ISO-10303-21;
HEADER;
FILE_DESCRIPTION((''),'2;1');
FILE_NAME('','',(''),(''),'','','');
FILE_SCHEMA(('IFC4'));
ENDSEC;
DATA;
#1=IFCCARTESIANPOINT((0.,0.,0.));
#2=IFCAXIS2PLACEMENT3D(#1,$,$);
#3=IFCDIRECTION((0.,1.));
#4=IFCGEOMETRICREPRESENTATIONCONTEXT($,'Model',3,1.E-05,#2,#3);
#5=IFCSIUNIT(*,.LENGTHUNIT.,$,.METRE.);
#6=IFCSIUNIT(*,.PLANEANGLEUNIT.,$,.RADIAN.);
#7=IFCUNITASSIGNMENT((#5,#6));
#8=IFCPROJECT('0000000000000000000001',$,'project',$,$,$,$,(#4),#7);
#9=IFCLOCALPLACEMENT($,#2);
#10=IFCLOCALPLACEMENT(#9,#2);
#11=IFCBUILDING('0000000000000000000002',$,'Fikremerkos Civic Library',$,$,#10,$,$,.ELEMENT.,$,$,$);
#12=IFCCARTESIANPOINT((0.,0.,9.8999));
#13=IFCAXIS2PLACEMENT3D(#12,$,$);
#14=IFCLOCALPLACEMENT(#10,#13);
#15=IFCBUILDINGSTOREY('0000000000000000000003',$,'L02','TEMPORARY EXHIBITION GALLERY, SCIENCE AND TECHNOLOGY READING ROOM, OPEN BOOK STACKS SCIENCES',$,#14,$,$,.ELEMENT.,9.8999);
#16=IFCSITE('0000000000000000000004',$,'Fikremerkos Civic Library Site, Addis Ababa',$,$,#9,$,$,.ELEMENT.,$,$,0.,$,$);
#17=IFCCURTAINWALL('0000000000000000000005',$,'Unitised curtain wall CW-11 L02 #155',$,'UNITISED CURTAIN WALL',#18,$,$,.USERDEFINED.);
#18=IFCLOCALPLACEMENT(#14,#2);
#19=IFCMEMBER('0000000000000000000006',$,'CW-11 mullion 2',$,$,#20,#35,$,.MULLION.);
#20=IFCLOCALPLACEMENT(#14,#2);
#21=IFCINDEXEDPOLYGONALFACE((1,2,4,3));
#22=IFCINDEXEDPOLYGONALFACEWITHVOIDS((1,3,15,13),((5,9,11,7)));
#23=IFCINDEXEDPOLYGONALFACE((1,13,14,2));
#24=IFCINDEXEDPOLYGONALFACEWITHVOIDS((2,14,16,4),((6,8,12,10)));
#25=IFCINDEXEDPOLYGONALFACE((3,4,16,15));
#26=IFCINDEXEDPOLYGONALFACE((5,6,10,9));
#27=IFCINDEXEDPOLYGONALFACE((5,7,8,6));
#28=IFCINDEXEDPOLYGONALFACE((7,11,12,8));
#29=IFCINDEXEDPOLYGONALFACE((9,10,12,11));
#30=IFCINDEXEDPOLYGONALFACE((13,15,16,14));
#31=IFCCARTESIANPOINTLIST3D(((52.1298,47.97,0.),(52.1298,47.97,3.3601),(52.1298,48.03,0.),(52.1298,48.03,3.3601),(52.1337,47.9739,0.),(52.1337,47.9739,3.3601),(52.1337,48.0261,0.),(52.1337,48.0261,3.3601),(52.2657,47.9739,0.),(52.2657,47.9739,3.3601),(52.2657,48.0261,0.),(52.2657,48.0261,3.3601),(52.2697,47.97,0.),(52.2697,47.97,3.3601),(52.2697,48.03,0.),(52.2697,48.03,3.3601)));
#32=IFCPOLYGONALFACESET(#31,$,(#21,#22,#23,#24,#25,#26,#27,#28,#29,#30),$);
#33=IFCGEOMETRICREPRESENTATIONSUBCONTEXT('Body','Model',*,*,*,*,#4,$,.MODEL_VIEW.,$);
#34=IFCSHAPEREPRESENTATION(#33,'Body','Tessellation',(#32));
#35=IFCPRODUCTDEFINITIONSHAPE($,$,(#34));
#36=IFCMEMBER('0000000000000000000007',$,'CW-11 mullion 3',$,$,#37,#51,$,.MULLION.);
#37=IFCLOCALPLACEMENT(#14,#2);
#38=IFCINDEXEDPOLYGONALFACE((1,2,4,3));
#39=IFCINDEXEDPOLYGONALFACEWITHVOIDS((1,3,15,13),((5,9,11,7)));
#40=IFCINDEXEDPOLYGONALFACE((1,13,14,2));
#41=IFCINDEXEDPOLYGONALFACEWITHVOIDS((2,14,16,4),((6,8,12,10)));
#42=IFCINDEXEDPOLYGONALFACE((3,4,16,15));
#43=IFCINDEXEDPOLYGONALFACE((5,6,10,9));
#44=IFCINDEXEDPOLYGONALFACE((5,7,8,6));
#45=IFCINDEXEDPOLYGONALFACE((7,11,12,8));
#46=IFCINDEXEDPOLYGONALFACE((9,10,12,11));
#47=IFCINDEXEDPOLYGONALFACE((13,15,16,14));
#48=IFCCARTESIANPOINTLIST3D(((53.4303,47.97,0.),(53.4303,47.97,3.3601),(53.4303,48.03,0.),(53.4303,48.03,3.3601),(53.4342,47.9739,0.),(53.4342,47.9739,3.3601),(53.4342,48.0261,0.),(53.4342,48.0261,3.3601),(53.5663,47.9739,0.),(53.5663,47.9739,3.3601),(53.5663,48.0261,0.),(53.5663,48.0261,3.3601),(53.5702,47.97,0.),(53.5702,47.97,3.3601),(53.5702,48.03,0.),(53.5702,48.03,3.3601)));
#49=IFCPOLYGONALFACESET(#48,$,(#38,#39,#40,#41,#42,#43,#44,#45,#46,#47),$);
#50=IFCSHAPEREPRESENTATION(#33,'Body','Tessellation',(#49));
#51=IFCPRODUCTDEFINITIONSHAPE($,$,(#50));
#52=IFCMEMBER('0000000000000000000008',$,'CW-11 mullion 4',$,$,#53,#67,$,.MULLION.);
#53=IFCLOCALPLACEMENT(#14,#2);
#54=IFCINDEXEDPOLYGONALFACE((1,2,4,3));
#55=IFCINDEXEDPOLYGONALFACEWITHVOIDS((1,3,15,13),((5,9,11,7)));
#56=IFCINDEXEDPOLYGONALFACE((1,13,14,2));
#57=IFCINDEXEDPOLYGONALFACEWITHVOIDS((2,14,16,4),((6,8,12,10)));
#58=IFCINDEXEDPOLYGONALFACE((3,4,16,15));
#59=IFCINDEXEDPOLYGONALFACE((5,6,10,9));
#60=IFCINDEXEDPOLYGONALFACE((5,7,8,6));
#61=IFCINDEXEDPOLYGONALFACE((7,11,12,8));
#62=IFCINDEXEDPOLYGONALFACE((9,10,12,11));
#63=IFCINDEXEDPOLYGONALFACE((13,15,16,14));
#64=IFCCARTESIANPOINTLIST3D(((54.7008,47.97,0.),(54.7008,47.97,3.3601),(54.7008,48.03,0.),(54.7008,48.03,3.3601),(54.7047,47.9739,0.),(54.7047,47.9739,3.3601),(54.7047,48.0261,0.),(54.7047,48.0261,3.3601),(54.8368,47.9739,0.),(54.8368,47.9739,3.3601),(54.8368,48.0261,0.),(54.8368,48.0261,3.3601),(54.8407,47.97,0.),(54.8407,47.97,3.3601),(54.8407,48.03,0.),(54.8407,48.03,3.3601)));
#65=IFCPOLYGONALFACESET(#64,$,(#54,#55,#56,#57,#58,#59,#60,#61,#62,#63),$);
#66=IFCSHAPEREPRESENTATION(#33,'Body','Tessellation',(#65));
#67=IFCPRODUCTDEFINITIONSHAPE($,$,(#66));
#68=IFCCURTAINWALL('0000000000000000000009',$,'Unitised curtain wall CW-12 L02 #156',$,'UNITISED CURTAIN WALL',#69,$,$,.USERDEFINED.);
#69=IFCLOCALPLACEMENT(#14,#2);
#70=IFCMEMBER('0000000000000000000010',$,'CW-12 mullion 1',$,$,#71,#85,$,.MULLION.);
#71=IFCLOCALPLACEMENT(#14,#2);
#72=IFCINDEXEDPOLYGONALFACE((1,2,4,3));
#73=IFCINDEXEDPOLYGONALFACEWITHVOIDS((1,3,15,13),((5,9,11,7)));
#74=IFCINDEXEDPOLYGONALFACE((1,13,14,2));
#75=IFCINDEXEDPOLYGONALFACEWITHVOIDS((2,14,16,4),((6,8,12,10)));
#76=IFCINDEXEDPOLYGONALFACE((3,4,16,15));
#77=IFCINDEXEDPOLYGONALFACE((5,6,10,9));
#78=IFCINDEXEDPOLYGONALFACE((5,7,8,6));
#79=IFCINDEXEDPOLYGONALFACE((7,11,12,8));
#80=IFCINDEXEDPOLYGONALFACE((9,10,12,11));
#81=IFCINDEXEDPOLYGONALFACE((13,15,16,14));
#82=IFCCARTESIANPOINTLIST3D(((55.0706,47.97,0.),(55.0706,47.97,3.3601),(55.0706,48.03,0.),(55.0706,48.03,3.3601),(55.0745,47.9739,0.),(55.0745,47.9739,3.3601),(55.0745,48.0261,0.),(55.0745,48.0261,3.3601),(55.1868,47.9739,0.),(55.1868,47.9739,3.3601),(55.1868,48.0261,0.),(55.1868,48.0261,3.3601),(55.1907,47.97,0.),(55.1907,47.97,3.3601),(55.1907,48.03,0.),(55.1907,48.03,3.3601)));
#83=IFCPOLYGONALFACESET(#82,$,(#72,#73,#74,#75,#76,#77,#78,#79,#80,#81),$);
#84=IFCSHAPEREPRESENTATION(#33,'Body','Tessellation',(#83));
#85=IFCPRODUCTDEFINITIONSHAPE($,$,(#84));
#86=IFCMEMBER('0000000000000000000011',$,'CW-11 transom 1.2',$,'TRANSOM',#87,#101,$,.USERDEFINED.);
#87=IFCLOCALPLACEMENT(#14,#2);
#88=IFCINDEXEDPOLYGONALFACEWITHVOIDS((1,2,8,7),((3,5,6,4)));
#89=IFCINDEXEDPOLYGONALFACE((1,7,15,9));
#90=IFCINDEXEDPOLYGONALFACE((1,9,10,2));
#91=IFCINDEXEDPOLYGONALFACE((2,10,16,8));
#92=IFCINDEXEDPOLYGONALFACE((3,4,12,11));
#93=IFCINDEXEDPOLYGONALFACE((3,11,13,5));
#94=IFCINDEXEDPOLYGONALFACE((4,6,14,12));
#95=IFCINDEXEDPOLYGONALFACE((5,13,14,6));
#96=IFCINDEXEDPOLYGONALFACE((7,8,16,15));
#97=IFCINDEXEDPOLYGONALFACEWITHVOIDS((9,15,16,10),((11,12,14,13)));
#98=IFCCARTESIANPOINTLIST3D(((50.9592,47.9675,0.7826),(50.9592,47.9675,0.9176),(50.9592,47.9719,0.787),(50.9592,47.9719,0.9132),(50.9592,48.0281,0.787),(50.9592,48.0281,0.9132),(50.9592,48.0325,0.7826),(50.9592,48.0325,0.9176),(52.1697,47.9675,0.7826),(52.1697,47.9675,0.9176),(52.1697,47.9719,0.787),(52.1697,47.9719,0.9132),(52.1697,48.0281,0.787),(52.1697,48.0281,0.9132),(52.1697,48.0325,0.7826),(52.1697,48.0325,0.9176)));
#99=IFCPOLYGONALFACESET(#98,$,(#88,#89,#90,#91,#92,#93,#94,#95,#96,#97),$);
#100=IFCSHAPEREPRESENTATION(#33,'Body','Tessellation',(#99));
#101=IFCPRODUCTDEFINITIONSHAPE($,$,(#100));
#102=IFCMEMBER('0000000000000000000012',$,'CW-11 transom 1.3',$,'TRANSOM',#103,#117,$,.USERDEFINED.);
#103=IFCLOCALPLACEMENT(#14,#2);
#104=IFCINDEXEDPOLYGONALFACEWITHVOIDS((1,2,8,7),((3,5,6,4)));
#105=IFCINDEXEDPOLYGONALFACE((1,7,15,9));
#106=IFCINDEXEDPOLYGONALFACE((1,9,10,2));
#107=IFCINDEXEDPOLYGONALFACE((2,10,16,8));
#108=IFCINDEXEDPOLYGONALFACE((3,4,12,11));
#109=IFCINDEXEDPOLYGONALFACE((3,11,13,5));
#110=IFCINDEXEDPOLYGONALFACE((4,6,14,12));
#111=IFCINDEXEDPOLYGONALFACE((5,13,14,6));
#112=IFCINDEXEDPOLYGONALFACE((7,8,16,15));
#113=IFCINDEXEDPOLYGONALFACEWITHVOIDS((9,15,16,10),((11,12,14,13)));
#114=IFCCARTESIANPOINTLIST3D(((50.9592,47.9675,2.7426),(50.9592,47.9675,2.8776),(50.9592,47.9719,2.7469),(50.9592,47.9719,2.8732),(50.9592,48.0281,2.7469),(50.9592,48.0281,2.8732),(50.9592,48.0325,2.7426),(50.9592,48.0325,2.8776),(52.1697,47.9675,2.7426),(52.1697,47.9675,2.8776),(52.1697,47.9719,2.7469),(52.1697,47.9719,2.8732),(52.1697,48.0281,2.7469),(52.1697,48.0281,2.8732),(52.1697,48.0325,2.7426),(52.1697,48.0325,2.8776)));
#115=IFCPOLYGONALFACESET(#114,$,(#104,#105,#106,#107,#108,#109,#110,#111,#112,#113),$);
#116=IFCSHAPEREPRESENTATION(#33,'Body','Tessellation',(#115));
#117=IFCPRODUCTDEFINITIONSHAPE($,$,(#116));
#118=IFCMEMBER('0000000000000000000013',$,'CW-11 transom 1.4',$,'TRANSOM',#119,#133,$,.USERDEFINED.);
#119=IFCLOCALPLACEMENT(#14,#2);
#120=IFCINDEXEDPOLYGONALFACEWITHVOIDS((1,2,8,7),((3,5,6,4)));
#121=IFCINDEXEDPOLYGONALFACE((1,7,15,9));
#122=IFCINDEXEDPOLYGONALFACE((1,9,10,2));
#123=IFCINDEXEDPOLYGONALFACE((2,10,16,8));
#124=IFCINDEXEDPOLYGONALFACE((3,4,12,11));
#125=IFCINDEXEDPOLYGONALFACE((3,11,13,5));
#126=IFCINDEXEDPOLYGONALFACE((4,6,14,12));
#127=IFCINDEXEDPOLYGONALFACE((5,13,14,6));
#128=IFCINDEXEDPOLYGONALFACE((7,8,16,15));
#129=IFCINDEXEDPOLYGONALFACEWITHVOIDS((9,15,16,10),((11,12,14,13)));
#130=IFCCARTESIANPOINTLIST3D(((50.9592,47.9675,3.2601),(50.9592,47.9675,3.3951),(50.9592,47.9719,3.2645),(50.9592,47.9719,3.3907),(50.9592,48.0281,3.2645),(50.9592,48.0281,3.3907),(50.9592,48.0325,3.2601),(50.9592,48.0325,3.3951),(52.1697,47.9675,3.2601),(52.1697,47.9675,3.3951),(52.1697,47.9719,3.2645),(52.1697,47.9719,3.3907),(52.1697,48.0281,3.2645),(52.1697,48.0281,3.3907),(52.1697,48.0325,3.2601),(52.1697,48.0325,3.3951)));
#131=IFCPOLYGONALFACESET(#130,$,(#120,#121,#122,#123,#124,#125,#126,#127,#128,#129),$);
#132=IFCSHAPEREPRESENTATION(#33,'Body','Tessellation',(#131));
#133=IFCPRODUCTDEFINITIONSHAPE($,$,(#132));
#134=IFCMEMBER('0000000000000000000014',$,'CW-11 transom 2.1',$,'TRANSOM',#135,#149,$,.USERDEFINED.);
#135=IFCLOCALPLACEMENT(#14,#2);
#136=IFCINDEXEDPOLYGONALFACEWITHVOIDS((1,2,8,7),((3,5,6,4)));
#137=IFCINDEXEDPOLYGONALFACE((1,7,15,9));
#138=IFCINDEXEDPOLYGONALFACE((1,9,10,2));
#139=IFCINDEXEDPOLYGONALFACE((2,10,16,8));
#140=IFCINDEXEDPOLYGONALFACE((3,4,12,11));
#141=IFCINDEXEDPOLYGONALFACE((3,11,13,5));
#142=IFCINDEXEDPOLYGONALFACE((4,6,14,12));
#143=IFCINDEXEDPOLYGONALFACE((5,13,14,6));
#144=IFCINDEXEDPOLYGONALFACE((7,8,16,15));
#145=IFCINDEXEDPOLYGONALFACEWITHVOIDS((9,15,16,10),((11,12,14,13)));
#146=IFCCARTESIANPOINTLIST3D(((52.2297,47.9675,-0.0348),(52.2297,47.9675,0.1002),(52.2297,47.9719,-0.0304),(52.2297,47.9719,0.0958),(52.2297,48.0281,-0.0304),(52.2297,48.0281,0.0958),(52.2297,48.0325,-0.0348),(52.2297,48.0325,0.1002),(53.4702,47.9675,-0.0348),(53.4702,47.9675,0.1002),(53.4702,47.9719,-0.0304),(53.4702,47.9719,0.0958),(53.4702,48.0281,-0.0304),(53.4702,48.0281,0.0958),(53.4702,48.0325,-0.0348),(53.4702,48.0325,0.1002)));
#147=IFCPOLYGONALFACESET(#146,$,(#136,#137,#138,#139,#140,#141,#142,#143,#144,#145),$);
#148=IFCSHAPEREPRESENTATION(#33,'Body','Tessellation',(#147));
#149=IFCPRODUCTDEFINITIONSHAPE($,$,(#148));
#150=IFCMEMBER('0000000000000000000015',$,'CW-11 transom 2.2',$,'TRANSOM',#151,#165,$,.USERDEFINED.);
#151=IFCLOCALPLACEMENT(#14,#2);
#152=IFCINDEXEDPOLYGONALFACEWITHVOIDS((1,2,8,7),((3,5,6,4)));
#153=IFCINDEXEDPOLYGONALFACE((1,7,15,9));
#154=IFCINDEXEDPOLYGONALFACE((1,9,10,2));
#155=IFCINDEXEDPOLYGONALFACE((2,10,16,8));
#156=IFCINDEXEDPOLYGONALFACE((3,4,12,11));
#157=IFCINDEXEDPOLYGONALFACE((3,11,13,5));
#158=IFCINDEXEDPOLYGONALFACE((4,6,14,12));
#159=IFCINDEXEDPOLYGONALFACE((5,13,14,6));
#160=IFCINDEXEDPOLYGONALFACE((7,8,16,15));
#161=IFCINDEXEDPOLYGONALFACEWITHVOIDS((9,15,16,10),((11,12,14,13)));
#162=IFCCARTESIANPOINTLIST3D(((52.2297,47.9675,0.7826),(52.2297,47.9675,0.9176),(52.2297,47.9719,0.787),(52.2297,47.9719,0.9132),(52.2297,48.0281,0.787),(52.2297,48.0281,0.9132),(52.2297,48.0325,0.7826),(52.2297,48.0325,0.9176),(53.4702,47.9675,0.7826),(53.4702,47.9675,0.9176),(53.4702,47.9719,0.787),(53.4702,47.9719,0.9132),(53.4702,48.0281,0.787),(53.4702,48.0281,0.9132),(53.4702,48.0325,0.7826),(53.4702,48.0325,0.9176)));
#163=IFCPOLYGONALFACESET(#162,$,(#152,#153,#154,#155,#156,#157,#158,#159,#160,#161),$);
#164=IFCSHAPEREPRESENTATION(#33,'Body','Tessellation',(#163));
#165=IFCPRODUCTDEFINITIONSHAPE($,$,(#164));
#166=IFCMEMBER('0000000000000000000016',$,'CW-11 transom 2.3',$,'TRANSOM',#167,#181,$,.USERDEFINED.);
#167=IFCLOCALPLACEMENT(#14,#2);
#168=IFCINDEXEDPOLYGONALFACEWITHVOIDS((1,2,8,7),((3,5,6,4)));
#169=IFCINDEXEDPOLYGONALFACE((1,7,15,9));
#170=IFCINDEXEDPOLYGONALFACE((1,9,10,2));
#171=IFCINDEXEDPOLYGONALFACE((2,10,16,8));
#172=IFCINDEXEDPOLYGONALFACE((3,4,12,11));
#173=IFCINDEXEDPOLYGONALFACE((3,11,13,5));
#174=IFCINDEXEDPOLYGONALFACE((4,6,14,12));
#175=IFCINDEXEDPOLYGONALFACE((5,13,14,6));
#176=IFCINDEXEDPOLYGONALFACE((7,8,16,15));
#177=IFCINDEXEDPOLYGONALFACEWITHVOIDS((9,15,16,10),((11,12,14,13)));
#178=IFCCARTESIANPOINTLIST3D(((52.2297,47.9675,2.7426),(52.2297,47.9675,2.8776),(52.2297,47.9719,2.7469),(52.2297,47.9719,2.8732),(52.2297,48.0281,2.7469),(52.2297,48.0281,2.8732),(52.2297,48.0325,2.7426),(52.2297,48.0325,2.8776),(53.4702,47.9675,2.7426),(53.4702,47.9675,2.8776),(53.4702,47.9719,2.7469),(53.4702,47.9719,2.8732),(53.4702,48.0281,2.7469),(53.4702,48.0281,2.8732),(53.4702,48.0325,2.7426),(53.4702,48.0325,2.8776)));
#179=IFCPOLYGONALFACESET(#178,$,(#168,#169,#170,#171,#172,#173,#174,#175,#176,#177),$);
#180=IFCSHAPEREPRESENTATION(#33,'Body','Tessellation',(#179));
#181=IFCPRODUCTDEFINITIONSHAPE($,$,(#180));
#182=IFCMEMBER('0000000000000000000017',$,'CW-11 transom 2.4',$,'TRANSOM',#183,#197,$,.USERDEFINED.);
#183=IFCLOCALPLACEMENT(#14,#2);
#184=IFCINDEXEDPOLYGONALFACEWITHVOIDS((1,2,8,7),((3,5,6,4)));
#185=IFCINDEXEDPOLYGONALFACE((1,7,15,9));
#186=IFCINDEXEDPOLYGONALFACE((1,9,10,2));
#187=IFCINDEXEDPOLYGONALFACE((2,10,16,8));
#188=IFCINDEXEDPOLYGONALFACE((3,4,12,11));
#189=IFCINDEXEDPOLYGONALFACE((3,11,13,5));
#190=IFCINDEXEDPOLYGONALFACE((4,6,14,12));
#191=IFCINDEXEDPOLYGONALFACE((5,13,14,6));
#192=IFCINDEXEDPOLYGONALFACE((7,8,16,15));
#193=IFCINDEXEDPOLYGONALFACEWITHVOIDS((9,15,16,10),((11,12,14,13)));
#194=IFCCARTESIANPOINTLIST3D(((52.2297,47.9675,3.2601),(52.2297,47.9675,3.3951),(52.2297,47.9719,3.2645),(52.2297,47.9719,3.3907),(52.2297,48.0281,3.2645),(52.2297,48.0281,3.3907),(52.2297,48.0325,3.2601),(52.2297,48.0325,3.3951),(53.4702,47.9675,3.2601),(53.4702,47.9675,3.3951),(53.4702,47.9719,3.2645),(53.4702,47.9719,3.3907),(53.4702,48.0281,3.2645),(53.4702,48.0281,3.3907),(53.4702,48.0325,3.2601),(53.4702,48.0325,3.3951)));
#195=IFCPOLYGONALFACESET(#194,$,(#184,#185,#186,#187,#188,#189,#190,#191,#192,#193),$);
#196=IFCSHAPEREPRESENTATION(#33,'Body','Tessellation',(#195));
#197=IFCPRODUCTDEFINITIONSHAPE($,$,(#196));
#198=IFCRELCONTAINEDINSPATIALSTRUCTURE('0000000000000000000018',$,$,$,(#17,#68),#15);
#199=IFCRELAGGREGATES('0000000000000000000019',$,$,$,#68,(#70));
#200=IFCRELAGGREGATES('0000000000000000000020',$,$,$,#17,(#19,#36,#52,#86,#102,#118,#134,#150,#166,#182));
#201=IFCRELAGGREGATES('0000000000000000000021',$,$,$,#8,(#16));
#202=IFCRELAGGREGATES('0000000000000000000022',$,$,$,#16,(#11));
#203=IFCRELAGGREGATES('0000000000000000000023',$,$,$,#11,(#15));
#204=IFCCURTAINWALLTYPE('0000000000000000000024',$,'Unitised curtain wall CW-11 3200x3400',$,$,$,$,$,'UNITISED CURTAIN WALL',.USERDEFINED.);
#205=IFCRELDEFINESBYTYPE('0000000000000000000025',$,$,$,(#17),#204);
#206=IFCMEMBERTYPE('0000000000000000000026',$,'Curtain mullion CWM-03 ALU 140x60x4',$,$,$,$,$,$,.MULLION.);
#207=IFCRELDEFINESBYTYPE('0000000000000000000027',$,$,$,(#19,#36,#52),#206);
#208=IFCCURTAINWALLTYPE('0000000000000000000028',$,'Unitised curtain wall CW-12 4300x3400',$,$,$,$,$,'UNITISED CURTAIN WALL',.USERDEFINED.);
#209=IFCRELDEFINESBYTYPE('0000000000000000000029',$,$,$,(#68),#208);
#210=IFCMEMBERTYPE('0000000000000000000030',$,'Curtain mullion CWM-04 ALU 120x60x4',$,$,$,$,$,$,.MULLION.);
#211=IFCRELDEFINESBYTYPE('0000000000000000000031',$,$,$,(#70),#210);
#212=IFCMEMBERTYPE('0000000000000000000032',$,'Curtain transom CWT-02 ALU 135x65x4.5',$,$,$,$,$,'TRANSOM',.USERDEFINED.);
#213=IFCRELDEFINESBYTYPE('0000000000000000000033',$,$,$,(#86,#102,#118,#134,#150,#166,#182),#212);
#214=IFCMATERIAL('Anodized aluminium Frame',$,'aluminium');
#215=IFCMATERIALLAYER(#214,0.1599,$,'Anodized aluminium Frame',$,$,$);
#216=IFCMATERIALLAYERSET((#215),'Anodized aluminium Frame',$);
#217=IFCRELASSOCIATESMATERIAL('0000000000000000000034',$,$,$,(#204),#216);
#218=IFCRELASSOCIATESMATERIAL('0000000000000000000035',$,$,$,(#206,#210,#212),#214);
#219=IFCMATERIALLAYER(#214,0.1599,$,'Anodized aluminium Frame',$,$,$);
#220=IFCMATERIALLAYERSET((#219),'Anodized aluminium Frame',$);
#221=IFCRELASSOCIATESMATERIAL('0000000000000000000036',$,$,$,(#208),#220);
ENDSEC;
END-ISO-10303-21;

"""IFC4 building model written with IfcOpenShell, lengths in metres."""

from ifc_helpers import new_model, si_unit, direction, frame, origin, origin_2d, place, context, subcontext, project, spatial, hollow_rectangle, extrude, material, layer, layer_set, material_profile, profile_set, type_object, element, aggregate, save


model = new_model("IFC4")

# Units and contexts
model_context = context("Model", 3, precision=1e-05, world=origin(), true_north=direction((0.0, 1.0)))
body_context = subcontext(model_context, "Body", "Model", "MODEL_VIEW")
ifc_project = project(units=[si_unit("LENGTHUNIT", "METRE"), si_unit("PLANEANGLEUNIT", "RADIAN")], contexts=[model_context])

# Site, building, storey
site_placement = place(None, origin())
site = spatial("IfcSite", under=ifc_project, at=site_placement, Name="Fikremerkos Civic Library Site, Addis Ababa", CompositionType="ELEMENT", RefElevation=0.0)
building_placement = place(site_placement, origin())
building = spatial("IfcBuilding", under=site, at=building_placement, Name="Fikremerkos Civic Library", CompositionType="ELEMENT")
storey_placement = place(building_placement, frame((0.0, 0.0, 9.8999)))
storey = spatial("IfcBuildingStorey", under=building, at=storey_placement, Name="L02", Description="TEMPORARY EXHIBITION GALLERY, SCIENCE AND TECHNOLOGY READING ROOM, OPEN BOOK STACKS SCIENCES", CompositionType="ELEMENT", Elevation=9.8999)

# Curtain wall, members
ifc_material_1 = material(Name="Anodized aluminium Frame", Category="aluminium")
ifc_layer_1 = layer(ifc_material_1, 0.1599, Name="Anodized aluminium Frame")
ifc_layer_set_1 = layer_set([ifc_layer_1], Name="Anodized aluminium Frame")
curtain_wall_type_1 = type_object("IfcCurtainWallType", Name="Unitised curtain wall CW-11 3200x3400", ElementType="UNITISED CURTAIN WALL", PredefinedType="USERDEFINED", material=ifc_layer_set_1)
curtain_wall_1_placement = place(storey_placement, origin())
curtain_wall_1 = element("IfcCurtainWall", 1, at=curtain_wall_1_placement, inside=storey, type_object=curtain_wall_type_1, Name="Unitised curtain wall CW-11 L02 #155", ObjectType="UNITISED CURTAIN WALL", PredefinedType="USERDEFINED")
ifc_material_profile_1 = material_profile(ifc_material_1, hollow_rectangle(XDim=0.0601, YDim=0.1399, WallThickness=0.0039, at=origin_2d()), Name="ALU 140x60x4")
ifc_profile_set_1 = profile_set([ifc_material_profile_1], Name="Anodized aluminium Frame")
member_type_1 = type_object("IfcMemberType", Name="Curtain mullion CWM-03 ALU 140x60x4", PredefinedType="MULLION", material=ifc_profile_set_1)
member_1_placement = place(storey_placement, frame((52.1997, 48.0, 0.0), z_axis=(0.0, 0.0, 1.0), x_axis=(0.0, 1.0, 0.0)))
member_1 = element("IfcMember", 2, at=member_1_placement, type_object=member_type_1, Name="CW-11 mullion 2", PredefinedType="MULLION", context=body_context, shape_type="SweptSolid", body=[
    extrude(hollow_rectangle(XDim=0.0601, YDim=0.1399, WallThickness=0.0039, at=origin_2d()), origin(), (0.0, 0.0, 1.0), 3.3601),
])
member_2_placement = place(storey_placement, frame((53.5002, 48.0, 0.0), z_axis=(0.0, 0.0, 1.0), x_axis=(0.0, 1.0, 0.0)))
member_2 = element("IfcMember", 3, at=member_2_placement, type_object=member_type_1, Name="CW-11 mullion 3", PredefinedType="MULLION", context=body_context, shape_type="SweptSolid", body=[
    extrude(hollow_rectangle(XDim=0.0601, YDim=0.1399, WallThickness=0.0039, at=origin_2d()), origin(), (0.0, 0.0, 1.0), 3.3601),
])
member_3_placement = place(storey_placement, frame((54.7708, 48.0, 0.0), z_axis=(0.0, 0.0, 1.0), x_axis=(0.0, 1.0, 0.0)))
member_3 = element("IfcMember", 4, at=member_3_placement, type_object=member_type_1, Name="CW-11 mullion 4", PredefinedType="MULLION", context=body_context, shape_type="SweptSolid", body=[
    extrude(hollow_rectangle(XDim=0.0601, YDim=0.1399, WallThickness=0.0039, at=origin_2d()), origin(), (0.0, 0.0, 1.0), 3.3601),
])

# Curtain wall, member
ifc_layer_2 = layer(ifc_material_1, 0.1599, Name="Anodized aluminium Frame")
ifc_layer_set_2 = layer_set([ifc_layer_2], Name="Anodized aluminium Frame")
curtain_wall_type_2 = type_object("IfcCurtainWallType", Name="Unitised curtain wall CW-12 4300x3400", ElementType="UNITISED CURTAIN WALL", PredefinedType="USERDEFINED", material=ifc_layer_set_2)
curtain_wall_2_placement = place(storey_placement, origin())
curtain_wall_2 = element("IfcCurtainWall", 5, at=curtain_wall_2_placement, inside=storey, type_object=curtain_wall_type_2, Name="Unitised curtain wall CW-12 L02 #156", ObjectType="UNITISED CURTAIN WALL", PredefinedType="USERDEFINED")
ifc_material_profile_2 = material_profile(ifc_material_1, hollow_rectangle(XDim=0.0601, YDim=0.1201, WallThickness=0.0039, at=origin_2d()), Name="ALU 120x60x4")
ifc_profile_set_2 = profile_set([ifc_material_profile_2], Name="Anodized aluminium Frame")
member_type_2 = type_object("IfcMemberType", Name="Curtain mullion CWM-04 ALU 120x60x4", PredefinedType="MULLION", material=ifc_profile_set_2)
member_4_placement = place(storey_placement, frame((55.1306, 48.0, 0.0), z_axis=(0.0, 0.0, 1.0), x_axis=(0.0, 1.0, 0.0)))
member_4 = element("IfcMember", 6, at=member_4_placement, type_object=member_type_2, Name="CW-12 mullion 1", PredefinedType="MULLION", context=body_context, shape_type="SweptSolid", body=[
    extrude(hollow_rectangle(XDim=0.0601, YDim=0.1201, WallThickness=0.0039, at=origin_2d()), origin(), (0.0, 0.0, 1.0), 3.3601),
])
aggregate(curtain_wall_2, [member_4])

# Members
ifc_material_profile_3 = material_profile(ifc_material_1, hollow_rectangle(XDim=0.0649, YDim=0.135, WallThickness=0.0044, at=origin_2d()), Name="ALU 135x65x4.5")
ifc_profile_set_3 = profile_set([ifc_material_profile_3], Name="Anodized aluminium Frame")
member_type_3 = type_object("IfcMemberType", Name="Curtain transom CWT-02 ALU 135x65x4.5", ElementType="TRANSOM", PredefinedType="USERDEFINED", material=ifc_profile_set_3)
member_5_placement = place(storey_placement, frame((50.9592, 48.0, 0.8501), z_axis=(1.0, 0.0, 0.0), x_axis=(0.0, 1.0, 0.0)))
member_5 = element("IfcMember", 7, at=member_5_placement, type_object=member_type_3, Name="CW-11 transom 1.2", ObjectType="TRANSOM", PredefinedType="USERDEFINED", context=body_context, shape_type="SweptSolid", body=[
    extrude(hollow_rectangle(XDim=0.0649, YDim=0.135, WallThickness=0.0044, at=origin_2d()), origin(), (0.0, 0.0, 1.0), 1.2104),
])
member_6_placement = place(storey_placement, frame((50.9592, 48.0, 2.8101), z_axis=(1.0, 0.0, 0.0), x_axis=(0.0, 1.0, 0.0)))
member_6 = element("IfcMember", 8, at=member_6_placement, type_object=member_type_3, Name="CW-11 transom 1.3", ObjectType="TRANSOM", PredefinedType="USERDEFINED", context=body_context, shape_type="SweptSolid", body=[
    extrude(hollow_rectangle(XDim=0.0649, YDim=0.135, WallThickness=0.0044, at=origin_2d()), origin(), (0.0, 0.0, 1.0), 1.2104),
])
member_7_placement = place(storey_placement, frame((50.9592, 48.0, 3.3276), z_axis=(1.0, 0.0, 0.0), x_axis=(0.0, 1.0, 0.0)))
member_7 = element("IfcMember", 9, at=member_7_placement, type_object=member_type_3, Name="CW-11 transom 1.4", ObjectType="TRANSOM", PredefinedType="USERDEFINED", context=body_context, shape_type="SweptSolid", body=[
    extrude(hollow_rectangle(XDim=0.0649, YDim=0.135, WallThickness=0.0044, at=origin_2d()), origin(), (0.0, 0.0, 1.0), 1.2104),
])
member_8_placement = place(storey_placement, frame((52.2297, 48.0, 0.0327), z_axis=(1.0, 0.0, 0.0), x_axis=(0.0, 1.0, 0.0)))
member_8 = element("IfcMember", 10, at=member_8_placement, type_object=member_type_3, Name="CW-11 transom 2.1", ObjectType="TRANSOM", PredefinedType="USERDEFINED", context=body_context, shape_type="SweptSolid", body=[
    extrude(hollow_rectangle(XDim=0.0649, YDim=0.135, WallThickness=0.0044, at=origin_2d()), origin(), (0.0, 0.0, 1.0), 1.2405),
])
member_9_placement = place(storey_placement, frame((52.2297, 48.0, 0.8501), z_axis=(1.0, 0.0, 0.0), x_axis=(0.0, 1.0, 0.0)))
member_9 = element("IfcMember", 11, at=member_9_placement, type_object=member_type_3, Name="CW-11 transom 2.2", ObjectType="TRANSOM", PredefinedType="USERDEFINED", context=body_context, shape_type="SweptSolid", body=[
    extrude(hollow_rectangle(XDim=0.0649, YDim=0.135, WallThickness=0.0044, at=origin_2d()), origin(), (0.0, 0.0, 1.0), 1.2405),
])
member_10_placement = place(storey_placement, frame((52.2297, 48.0, 2.8101), z_axis=(1.0, 0.0, 0.0), x_axis=(0.0, 1.0, 0.0)))
member_10 = element("IfcMember", 12, at=member_10_placement, type_object=member_type_3, Name="CW-11 transom 2.3", ObjectType="TRANSOM", PredefinedType="USERDEFINED", context=body_context, shape_type="SweptSolid", body=[
    extrude(hollow_rectangle(XDim=0.0649, YDim=0.135, WallThickness=0.0044, at=origin_2d()), origin(), (0.0, 0.0, 1.0), 1.2405),
])
member_11_placement = place(storey_placement, frame((52.2297, 48.0, 3.3276), z_axis=(1.0, 0.0, 0.0), x_axis=(0.0, 1.0, 0.0)))
member_11 = element("IfcMember", 13, at=member_11_placement, type_object=member_type_3, Name="CW-11 transom 2.4", ObjectType="TRANSOM", PredefinedType="USERDEFINED", context=body_context, shape_type="SweptSolid", body=[
    extrude(hollow_rectangle(XDim=0.0649, YDim=0.135, WallThickness=0.0044, at=origin_2d()), origin(), (0.0, 0.0, 1.0), 1.2405),
])

aggregate(curtain_wall_1, [member_1, member_2, member_3, member_5, member_6, member_7, member_8, member_9, member_10, member_11])

save(model, "model.ifc")
